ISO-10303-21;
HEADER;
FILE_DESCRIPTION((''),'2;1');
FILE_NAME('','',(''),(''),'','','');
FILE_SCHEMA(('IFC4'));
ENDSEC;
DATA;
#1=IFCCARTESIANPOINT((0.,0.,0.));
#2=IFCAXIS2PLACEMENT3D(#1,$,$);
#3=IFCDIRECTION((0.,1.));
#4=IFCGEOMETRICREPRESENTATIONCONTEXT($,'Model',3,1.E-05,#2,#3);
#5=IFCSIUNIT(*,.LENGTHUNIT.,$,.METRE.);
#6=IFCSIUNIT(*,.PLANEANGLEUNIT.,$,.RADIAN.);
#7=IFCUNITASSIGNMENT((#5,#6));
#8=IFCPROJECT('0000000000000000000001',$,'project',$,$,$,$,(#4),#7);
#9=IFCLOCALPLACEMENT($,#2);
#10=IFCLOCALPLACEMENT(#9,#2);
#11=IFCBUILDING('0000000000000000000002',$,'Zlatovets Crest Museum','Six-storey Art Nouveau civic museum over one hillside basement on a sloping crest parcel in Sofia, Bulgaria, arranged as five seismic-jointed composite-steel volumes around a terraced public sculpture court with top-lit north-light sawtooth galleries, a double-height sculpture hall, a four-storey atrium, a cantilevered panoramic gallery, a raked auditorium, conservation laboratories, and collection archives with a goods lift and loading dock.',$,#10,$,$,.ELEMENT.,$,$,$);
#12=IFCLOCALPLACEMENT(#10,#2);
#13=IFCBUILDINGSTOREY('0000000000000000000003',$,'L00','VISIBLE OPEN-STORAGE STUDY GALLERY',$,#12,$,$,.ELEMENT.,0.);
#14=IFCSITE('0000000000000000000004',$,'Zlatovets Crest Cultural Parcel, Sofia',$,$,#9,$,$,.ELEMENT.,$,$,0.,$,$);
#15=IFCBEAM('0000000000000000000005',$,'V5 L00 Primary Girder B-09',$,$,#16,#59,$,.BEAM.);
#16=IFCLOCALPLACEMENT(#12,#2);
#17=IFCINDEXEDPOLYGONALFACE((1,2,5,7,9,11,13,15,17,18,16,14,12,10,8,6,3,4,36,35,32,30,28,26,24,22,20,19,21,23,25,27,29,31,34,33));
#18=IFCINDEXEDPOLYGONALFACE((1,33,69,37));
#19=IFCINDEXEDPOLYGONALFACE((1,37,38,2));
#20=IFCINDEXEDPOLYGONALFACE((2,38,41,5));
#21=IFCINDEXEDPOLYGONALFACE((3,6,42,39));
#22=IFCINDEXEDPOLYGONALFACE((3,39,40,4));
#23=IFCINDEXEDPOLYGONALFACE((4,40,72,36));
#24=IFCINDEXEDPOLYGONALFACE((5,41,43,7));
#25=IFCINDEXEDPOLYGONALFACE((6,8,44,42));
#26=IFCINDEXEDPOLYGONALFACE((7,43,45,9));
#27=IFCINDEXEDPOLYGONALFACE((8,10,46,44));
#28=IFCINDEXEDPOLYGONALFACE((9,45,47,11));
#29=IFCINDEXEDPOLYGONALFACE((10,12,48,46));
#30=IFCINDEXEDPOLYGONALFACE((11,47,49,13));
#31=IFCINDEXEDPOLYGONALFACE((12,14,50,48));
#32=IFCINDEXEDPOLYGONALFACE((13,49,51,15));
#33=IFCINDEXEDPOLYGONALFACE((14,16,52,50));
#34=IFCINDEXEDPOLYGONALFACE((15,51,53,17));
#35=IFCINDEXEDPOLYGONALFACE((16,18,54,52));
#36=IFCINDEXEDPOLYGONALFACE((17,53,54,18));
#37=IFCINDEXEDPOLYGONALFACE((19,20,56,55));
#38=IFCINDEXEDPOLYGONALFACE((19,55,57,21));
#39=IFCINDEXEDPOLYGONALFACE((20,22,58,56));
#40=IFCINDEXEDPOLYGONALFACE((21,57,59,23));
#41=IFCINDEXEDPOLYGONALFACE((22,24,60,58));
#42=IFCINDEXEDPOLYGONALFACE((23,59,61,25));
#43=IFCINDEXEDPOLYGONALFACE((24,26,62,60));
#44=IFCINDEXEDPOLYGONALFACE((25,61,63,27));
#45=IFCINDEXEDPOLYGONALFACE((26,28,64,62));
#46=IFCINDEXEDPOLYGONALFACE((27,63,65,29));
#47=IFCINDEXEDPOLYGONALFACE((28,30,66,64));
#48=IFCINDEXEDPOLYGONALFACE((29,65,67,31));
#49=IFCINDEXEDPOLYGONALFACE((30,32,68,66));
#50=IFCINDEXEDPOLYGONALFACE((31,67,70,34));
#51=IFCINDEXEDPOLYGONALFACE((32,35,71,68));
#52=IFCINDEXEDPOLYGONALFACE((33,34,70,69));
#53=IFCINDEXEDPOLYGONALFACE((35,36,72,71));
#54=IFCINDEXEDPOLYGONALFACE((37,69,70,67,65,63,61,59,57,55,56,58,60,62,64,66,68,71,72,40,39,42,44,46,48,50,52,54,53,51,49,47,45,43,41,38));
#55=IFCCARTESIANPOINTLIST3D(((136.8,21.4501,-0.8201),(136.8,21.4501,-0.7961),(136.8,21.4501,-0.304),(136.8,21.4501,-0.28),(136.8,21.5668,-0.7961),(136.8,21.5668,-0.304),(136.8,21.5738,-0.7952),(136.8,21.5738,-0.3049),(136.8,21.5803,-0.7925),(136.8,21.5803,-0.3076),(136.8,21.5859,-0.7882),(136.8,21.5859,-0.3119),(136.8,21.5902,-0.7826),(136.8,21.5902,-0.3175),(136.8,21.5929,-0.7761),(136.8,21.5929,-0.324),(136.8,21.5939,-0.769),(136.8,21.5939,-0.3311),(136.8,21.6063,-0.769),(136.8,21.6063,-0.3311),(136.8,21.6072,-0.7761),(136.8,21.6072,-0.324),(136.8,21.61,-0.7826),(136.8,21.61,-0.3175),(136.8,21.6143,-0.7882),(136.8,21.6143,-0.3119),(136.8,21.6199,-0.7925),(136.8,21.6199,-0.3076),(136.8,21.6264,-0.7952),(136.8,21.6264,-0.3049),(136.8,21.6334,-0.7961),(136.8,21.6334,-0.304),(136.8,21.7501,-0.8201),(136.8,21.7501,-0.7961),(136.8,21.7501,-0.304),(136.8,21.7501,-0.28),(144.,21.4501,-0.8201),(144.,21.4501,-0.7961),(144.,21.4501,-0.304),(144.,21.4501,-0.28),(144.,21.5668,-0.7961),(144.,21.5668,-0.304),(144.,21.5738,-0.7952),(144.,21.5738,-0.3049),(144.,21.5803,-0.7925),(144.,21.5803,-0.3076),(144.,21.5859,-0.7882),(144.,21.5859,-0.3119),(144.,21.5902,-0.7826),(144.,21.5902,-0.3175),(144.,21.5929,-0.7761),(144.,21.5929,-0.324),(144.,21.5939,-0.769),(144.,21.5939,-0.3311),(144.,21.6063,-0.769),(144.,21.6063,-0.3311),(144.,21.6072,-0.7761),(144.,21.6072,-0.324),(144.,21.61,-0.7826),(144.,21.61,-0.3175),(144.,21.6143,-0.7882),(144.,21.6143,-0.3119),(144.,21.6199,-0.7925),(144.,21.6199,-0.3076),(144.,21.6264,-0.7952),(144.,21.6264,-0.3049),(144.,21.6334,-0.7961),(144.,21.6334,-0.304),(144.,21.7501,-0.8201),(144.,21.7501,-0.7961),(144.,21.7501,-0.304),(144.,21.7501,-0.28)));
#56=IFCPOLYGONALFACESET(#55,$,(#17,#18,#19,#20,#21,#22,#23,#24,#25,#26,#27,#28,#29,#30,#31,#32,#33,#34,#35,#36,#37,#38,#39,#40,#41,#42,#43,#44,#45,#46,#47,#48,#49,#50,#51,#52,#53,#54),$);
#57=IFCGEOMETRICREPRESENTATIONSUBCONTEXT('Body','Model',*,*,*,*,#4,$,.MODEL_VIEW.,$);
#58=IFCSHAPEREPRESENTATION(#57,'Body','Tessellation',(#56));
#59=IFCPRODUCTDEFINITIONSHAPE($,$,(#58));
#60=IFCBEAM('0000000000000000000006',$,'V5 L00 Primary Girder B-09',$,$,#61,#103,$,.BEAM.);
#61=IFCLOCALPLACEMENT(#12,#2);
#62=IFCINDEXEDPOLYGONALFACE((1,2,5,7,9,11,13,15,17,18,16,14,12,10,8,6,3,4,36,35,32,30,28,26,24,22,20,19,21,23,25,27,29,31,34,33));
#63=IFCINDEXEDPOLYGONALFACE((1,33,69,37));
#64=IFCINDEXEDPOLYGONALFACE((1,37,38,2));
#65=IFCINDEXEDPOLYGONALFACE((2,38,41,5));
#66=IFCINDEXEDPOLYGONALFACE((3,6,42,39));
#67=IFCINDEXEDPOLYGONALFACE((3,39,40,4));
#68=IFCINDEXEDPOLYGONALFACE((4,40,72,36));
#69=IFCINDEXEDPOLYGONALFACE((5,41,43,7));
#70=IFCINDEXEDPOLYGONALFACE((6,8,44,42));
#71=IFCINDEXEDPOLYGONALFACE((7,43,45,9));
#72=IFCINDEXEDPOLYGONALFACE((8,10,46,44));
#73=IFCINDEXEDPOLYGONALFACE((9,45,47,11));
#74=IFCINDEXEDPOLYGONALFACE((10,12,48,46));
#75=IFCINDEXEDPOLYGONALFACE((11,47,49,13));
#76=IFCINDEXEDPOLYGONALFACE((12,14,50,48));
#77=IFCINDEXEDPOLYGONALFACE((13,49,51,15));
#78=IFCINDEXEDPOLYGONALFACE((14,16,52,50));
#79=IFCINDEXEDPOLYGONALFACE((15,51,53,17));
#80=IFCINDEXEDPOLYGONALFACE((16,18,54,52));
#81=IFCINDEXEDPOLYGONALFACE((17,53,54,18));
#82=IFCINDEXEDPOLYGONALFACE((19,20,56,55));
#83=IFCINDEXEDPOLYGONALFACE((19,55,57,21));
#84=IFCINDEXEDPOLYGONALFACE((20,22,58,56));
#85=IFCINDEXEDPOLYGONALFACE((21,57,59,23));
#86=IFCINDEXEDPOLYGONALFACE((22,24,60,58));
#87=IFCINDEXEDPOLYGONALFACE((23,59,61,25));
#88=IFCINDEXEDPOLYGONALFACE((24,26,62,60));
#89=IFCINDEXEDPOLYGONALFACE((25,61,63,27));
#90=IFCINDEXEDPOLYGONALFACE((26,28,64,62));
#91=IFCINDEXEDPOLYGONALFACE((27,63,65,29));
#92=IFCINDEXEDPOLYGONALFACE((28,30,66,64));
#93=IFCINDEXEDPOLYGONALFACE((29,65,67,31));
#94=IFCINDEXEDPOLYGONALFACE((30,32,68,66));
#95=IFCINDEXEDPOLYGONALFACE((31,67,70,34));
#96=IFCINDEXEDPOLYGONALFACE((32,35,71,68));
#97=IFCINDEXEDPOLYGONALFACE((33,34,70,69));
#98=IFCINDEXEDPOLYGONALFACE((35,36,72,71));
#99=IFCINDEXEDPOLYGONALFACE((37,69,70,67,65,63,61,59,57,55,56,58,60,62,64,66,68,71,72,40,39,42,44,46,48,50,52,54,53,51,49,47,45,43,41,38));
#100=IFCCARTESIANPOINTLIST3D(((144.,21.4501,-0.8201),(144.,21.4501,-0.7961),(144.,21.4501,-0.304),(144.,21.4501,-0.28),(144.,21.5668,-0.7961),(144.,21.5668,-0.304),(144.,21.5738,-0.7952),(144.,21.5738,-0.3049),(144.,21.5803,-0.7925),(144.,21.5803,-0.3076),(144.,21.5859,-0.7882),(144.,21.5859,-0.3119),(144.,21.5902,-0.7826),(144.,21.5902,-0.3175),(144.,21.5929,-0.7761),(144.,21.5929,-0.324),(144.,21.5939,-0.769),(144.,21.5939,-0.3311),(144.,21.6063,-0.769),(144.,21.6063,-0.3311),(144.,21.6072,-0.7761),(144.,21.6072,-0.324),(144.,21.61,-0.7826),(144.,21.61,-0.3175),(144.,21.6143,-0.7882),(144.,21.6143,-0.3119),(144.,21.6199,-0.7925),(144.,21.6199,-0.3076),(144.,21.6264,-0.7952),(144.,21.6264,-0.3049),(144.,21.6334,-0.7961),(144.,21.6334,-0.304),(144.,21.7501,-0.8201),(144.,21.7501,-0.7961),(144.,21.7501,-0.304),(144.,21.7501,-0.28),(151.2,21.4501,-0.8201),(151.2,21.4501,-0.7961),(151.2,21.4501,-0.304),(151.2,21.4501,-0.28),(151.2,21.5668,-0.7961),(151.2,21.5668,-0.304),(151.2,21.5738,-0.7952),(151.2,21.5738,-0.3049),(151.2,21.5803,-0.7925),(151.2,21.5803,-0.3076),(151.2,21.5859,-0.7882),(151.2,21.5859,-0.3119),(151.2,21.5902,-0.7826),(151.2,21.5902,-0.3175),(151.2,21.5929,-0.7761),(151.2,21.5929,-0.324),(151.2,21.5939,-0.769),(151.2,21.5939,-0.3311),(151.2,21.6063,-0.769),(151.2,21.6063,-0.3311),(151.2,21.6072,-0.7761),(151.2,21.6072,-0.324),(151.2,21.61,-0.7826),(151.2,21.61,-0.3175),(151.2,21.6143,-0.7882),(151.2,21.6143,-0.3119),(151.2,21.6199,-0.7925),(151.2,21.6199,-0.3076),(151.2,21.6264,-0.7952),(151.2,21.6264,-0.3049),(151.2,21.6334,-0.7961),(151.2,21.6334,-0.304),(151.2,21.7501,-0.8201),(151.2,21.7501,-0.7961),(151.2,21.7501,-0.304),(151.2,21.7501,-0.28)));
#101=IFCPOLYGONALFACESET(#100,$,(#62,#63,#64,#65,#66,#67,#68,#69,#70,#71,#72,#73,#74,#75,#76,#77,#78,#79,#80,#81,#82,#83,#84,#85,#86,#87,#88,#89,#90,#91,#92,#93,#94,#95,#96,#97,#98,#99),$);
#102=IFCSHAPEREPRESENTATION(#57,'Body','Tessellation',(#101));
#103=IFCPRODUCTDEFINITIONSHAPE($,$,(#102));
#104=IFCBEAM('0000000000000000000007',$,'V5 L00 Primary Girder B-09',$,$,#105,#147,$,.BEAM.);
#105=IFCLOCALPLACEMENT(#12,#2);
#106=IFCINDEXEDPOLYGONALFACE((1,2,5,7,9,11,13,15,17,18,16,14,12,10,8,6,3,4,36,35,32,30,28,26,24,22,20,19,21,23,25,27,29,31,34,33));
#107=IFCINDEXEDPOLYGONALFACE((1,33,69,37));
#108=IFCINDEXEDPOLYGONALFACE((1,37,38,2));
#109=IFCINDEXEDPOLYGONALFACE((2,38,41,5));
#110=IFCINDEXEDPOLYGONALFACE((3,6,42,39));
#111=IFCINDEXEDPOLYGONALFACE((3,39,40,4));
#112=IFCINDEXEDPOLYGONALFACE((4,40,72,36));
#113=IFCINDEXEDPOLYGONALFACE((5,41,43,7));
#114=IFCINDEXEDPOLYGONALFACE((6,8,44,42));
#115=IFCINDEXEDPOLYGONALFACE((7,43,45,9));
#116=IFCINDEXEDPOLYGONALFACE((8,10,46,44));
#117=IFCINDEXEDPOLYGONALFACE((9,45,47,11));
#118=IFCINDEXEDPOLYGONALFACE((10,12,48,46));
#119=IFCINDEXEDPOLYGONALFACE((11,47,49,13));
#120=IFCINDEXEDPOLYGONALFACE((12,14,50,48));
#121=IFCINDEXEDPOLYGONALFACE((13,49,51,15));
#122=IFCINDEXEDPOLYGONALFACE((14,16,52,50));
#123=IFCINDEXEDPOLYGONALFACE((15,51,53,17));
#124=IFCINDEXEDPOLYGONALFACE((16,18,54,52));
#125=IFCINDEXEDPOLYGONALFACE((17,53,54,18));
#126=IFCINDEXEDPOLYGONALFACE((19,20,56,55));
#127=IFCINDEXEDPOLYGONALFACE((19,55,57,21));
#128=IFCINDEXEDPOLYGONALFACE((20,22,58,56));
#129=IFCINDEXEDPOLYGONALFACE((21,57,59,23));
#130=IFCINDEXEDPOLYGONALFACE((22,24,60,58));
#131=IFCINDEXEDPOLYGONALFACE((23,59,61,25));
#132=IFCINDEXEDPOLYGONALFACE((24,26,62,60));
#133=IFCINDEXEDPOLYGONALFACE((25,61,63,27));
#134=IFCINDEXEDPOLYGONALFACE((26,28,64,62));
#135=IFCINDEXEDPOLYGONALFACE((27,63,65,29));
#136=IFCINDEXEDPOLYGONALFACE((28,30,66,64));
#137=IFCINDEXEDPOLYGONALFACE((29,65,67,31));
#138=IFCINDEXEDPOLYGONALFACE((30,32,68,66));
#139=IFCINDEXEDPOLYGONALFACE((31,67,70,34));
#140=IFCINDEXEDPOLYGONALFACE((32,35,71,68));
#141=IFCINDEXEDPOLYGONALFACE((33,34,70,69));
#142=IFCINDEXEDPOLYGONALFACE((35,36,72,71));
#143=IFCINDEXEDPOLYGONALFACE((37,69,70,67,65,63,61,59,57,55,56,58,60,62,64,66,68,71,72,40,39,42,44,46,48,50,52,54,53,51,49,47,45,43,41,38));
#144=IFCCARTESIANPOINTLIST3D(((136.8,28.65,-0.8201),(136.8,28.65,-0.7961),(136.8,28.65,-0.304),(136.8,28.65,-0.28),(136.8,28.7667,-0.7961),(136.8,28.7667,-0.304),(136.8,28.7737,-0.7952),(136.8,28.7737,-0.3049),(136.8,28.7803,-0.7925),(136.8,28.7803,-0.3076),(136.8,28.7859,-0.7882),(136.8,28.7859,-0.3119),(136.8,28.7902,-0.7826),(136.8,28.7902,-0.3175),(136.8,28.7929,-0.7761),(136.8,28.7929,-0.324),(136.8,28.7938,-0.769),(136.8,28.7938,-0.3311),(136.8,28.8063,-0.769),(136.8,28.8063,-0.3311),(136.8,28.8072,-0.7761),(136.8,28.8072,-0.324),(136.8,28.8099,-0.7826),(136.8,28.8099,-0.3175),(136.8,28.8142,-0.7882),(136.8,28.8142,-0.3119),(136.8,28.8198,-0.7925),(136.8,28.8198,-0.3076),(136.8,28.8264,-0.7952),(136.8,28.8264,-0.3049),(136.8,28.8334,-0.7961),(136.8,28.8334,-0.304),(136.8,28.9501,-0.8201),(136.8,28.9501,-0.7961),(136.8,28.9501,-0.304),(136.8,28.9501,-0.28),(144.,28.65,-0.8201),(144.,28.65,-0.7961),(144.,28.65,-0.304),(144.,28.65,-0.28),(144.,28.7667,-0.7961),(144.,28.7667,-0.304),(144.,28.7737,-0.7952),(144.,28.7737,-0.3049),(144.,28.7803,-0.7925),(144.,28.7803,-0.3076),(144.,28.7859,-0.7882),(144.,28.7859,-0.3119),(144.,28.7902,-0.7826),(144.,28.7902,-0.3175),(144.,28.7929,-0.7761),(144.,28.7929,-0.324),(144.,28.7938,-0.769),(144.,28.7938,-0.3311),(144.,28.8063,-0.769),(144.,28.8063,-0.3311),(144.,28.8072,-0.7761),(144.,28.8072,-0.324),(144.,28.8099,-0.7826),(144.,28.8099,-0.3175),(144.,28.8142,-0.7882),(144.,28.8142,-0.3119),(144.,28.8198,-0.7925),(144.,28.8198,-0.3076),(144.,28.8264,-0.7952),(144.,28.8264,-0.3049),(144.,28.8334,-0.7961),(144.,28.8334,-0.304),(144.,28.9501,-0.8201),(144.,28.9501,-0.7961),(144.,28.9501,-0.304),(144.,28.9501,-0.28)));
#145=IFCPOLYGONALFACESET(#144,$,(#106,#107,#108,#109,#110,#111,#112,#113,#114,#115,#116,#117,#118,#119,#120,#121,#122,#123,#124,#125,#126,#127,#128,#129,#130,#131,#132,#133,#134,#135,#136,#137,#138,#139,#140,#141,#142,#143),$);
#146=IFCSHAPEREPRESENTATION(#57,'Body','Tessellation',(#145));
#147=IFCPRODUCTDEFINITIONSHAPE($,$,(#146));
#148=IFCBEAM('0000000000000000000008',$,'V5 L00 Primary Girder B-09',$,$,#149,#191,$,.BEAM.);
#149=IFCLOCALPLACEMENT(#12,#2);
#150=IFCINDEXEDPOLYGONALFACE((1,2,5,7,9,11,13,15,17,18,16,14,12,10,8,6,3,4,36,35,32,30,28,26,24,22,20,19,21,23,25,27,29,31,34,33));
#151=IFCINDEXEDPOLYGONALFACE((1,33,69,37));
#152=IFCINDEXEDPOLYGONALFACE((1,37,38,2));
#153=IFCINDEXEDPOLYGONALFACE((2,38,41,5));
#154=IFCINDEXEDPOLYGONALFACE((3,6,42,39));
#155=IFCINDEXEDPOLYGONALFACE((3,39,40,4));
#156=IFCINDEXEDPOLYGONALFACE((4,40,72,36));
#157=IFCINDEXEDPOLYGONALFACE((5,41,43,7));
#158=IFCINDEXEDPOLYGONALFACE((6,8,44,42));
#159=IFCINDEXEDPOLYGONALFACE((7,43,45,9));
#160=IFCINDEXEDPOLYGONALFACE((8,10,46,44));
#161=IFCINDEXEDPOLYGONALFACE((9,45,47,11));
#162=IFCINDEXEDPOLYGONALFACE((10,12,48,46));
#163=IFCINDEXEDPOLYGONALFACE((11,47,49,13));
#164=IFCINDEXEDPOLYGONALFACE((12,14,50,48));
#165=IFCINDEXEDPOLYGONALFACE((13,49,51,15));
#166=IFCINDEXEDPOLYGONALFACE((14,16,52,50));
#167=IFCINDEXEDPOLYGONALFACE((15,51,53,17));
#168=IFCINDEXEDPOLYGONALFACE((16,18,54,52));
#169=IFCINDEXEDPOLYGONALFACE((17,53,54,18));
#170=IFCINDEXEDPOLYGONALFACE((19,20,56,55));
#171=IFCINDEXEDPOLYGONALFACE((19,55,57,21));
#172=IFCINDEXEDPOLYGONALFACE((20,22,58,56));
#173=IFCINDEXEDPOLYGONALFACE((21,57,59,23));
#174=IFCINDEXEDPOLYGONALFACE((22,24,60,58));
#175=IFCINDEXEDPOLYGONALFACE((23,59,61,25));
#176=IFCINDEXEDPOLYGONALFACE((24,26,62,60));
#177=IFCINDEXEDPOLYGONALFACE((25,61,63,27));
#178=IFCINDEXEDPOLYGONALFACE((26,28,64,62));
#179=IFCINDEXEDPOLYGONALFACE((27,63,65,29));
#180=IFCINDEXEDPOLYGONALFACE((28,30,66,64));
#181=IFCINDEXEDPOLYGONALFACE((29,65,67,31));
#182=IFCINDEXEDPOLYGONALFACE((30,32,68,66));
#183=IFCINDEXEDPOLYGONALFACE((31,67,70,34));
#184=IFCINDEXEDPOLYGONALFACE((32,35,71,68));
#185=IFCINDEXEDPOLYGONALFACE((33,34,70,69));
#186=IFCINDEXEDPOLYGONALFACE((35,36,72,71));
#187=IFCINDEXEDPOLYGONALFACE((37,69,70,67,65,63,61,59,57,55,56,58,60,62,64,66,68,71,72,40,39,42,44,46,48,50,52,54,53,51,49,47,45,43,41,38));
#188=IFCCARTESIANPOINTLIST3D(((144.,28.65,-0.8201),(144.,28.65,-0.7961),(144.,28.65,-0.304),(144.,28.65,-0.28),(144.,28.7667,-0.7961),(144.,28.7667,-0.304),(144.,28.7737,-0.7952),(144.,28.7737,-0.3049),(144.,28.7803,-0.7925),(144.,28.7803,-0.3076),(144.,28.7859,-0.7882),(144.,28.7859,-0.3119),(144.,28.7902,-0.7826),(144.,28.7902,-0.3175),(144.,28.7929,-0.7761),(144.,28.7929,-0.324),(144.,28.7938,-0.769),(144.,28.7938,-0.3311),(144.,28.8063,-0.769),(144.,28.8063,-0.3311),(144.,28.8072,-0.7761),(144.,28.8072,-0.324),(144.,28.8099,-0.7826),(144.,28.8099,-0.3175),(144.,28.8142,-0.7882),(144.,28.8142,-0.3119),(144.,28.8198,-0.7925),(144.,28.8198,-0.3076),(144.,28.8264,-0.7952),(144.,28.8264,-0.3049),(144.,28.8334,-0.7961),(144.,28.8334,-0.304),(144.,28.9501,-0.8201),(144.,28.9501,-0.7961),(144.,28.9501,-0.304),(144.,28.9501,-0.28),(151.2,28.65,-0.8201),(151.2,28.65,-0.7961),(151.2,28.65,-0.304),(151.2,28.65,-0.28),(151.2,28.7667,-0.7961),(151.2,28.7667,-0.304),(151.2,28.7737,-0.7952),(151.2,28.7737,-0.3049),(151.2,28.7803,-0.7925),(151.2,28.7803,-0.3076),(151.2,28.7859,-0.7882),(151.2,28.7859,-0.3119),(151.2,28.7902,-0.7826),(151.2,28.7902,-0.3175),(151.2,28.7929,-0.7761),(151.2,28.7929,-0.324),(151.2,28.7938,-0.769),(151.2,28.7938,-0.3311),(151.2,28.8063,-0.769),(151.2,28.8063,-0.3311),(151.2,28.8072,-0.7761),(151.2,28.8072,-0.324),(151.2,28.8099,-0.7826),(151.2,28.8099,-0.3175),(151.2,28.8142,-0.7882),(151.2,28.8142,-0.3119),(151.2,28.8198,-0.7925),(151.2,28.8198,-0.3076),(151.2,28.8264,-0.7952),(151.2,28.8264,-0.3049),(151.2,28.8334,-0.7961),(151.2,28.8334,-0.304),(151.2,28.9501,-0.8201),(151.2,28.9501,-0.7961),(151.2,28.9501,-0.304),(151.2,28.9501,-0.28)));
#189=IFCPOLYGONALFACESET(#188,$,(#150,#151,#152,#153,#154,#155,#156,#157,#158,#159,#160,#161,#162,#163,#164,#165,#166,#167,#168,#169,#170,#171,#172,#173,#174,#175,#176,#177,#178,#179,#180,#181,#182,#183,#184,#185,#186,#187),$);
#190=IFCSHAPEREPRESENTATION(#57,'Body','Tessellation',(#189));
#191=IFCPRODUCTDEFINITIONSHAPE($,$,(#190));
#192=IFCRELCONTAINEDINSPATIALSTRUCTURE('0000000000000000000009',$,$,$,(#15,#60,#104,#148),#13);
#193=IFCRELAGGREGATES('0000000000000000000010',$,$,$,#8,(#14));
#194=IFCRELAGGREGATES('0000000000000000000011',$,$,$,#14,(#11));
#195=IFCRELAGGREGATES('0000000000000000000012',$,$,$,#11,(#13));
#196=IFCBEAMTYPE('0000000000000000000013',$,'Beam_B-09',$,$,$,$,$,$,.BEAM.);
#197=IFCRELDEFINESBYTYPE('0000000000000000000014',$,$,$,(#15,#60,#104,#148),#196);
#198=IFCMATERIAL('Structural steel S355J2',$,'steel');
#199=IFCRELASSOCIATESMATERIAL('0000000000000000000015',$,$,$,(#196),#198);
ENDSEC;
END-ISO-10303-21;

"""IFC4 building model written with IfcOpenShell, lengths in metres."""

from ifc_helpers import new_model, si_unit, direction, frame, origin, origin_2d, place, context, subcontext, project, spatial, i_section, extrude, material, material_profile, profile_set, type_object, element, save


model = new_model("IFC4")

# Units and contexts
model_context = context("Model", 3, precision=1e-05, world=origin(), true_north=direction((0.0, 1.0)))
body_context = subcontext(model_context, "Body", "Model", "MODEL_VIEW")
ifc_project = project(units=[si_unit("LENGTHUNIT", "METRE"), si_unit("PLANEANGLEUNIT", "RADIAN")], contexts=[model_context])

# Site, building, storey
site_placement = place(None, origin())
site = spatial("IfcSite", under=ifc_project, at=site_placement, Name="Zlatovets Crest Cultural Parcel, Sofia", CompositionType="ELEMENT", RefElevation=0.0)
building_placement = place(site_placement, origin())
building = spatial("IfcBuilding", under=site, at=building_placement, Name="Zlatovets Crest Museum", Description="Six-storey Art Nouveau civic museum over one hillside basement on a sloping crest parcel in Sofia, Bulgaria, arranged as five seismic-jointed composite-steel volumes around a terraced public sculpture court with top-lit north-light sawtooth galleries, a double-height sculpture hall, a four-storey atrium, a cantilevered panoramic gallery, a raked auditorium, conservation laboratories, and collection archives with a goods lift and loading dock.", CompositionType="ELEMENT")
storey_placement = place(building_placement, origin())
storey = spatial("IfcBuildingStorey", under=building, at=storey_placement, Name="L00", Description="VISIBLE OPEN-STORAGE STUDY GALLERY", CompositionType="ELEMENT", Elevation=0.0)

# Shared definitions
ifc_material = material(Name="Structural steel S355J2", Category="steel")

# Beams
ifc_material_profile_1 = material_profile(ifc_material, i_section(OverallWidth=0.3, OverallDepth=0.54, WebThickness=0.0125, FlangeThickness=0.0239, FilletRadius=0.0271, at=origin_2d()), Name="HEA 550")
ifc_profile_set_1 = profile_set([ifc_material_profile_1], Name="Structural steel S355J2")
beam_type_1 = type_object("IfcBeamType", Name="Beam_B-09", PredefinedType="BEAM", material=ifc_profile_set_1)
for number, where, z_axis, x_axis, name in (
    (1, (136.8, 21.6001, -0.55), (1.0, 0.0, 0.0), (0.0, 1.0, 0.0), "V5 L00 Primary Girder B-09"),
    (2, (144.0, 21.6001, -0.55), (1.0, 0.0, 0.0), (0.0, 1.0, 0.0), "V5 L00 Primary Girder B-09"),
    (3, (136.8, 28.8, -0.55), (1.0, 0.0, 0.0), (0.0, 1.0, 0.0), "V5 L00 Primary Girder B-09"),
    (4, (144.0, 28.8, -0.55), (1.0, 0.0, 0.0), (0.0, 1.0, 0.0), "V5 L00 Primary Girder B-09"),
):
    element("IfcBeam", number, at=place(storey_placement, frame(where, z_axis=z_axis, x_axis=x_axis)), inside=storey, type_object=beam_type_1, Name=name, PredefinedType="BEAM", context=body_context, shape_type="SweptSolid", body=[
        extrude(i_section(OverallWidth=0.3, OverallDepth=0.54, WebThickness=0.0125, FlangeThickness=0.0239, FilletRadius=0.0271, at=origin_2d()), origin(), (0.0, 0.0, 1.0), 7.2),
    ])

save(model, "model.ifc")
